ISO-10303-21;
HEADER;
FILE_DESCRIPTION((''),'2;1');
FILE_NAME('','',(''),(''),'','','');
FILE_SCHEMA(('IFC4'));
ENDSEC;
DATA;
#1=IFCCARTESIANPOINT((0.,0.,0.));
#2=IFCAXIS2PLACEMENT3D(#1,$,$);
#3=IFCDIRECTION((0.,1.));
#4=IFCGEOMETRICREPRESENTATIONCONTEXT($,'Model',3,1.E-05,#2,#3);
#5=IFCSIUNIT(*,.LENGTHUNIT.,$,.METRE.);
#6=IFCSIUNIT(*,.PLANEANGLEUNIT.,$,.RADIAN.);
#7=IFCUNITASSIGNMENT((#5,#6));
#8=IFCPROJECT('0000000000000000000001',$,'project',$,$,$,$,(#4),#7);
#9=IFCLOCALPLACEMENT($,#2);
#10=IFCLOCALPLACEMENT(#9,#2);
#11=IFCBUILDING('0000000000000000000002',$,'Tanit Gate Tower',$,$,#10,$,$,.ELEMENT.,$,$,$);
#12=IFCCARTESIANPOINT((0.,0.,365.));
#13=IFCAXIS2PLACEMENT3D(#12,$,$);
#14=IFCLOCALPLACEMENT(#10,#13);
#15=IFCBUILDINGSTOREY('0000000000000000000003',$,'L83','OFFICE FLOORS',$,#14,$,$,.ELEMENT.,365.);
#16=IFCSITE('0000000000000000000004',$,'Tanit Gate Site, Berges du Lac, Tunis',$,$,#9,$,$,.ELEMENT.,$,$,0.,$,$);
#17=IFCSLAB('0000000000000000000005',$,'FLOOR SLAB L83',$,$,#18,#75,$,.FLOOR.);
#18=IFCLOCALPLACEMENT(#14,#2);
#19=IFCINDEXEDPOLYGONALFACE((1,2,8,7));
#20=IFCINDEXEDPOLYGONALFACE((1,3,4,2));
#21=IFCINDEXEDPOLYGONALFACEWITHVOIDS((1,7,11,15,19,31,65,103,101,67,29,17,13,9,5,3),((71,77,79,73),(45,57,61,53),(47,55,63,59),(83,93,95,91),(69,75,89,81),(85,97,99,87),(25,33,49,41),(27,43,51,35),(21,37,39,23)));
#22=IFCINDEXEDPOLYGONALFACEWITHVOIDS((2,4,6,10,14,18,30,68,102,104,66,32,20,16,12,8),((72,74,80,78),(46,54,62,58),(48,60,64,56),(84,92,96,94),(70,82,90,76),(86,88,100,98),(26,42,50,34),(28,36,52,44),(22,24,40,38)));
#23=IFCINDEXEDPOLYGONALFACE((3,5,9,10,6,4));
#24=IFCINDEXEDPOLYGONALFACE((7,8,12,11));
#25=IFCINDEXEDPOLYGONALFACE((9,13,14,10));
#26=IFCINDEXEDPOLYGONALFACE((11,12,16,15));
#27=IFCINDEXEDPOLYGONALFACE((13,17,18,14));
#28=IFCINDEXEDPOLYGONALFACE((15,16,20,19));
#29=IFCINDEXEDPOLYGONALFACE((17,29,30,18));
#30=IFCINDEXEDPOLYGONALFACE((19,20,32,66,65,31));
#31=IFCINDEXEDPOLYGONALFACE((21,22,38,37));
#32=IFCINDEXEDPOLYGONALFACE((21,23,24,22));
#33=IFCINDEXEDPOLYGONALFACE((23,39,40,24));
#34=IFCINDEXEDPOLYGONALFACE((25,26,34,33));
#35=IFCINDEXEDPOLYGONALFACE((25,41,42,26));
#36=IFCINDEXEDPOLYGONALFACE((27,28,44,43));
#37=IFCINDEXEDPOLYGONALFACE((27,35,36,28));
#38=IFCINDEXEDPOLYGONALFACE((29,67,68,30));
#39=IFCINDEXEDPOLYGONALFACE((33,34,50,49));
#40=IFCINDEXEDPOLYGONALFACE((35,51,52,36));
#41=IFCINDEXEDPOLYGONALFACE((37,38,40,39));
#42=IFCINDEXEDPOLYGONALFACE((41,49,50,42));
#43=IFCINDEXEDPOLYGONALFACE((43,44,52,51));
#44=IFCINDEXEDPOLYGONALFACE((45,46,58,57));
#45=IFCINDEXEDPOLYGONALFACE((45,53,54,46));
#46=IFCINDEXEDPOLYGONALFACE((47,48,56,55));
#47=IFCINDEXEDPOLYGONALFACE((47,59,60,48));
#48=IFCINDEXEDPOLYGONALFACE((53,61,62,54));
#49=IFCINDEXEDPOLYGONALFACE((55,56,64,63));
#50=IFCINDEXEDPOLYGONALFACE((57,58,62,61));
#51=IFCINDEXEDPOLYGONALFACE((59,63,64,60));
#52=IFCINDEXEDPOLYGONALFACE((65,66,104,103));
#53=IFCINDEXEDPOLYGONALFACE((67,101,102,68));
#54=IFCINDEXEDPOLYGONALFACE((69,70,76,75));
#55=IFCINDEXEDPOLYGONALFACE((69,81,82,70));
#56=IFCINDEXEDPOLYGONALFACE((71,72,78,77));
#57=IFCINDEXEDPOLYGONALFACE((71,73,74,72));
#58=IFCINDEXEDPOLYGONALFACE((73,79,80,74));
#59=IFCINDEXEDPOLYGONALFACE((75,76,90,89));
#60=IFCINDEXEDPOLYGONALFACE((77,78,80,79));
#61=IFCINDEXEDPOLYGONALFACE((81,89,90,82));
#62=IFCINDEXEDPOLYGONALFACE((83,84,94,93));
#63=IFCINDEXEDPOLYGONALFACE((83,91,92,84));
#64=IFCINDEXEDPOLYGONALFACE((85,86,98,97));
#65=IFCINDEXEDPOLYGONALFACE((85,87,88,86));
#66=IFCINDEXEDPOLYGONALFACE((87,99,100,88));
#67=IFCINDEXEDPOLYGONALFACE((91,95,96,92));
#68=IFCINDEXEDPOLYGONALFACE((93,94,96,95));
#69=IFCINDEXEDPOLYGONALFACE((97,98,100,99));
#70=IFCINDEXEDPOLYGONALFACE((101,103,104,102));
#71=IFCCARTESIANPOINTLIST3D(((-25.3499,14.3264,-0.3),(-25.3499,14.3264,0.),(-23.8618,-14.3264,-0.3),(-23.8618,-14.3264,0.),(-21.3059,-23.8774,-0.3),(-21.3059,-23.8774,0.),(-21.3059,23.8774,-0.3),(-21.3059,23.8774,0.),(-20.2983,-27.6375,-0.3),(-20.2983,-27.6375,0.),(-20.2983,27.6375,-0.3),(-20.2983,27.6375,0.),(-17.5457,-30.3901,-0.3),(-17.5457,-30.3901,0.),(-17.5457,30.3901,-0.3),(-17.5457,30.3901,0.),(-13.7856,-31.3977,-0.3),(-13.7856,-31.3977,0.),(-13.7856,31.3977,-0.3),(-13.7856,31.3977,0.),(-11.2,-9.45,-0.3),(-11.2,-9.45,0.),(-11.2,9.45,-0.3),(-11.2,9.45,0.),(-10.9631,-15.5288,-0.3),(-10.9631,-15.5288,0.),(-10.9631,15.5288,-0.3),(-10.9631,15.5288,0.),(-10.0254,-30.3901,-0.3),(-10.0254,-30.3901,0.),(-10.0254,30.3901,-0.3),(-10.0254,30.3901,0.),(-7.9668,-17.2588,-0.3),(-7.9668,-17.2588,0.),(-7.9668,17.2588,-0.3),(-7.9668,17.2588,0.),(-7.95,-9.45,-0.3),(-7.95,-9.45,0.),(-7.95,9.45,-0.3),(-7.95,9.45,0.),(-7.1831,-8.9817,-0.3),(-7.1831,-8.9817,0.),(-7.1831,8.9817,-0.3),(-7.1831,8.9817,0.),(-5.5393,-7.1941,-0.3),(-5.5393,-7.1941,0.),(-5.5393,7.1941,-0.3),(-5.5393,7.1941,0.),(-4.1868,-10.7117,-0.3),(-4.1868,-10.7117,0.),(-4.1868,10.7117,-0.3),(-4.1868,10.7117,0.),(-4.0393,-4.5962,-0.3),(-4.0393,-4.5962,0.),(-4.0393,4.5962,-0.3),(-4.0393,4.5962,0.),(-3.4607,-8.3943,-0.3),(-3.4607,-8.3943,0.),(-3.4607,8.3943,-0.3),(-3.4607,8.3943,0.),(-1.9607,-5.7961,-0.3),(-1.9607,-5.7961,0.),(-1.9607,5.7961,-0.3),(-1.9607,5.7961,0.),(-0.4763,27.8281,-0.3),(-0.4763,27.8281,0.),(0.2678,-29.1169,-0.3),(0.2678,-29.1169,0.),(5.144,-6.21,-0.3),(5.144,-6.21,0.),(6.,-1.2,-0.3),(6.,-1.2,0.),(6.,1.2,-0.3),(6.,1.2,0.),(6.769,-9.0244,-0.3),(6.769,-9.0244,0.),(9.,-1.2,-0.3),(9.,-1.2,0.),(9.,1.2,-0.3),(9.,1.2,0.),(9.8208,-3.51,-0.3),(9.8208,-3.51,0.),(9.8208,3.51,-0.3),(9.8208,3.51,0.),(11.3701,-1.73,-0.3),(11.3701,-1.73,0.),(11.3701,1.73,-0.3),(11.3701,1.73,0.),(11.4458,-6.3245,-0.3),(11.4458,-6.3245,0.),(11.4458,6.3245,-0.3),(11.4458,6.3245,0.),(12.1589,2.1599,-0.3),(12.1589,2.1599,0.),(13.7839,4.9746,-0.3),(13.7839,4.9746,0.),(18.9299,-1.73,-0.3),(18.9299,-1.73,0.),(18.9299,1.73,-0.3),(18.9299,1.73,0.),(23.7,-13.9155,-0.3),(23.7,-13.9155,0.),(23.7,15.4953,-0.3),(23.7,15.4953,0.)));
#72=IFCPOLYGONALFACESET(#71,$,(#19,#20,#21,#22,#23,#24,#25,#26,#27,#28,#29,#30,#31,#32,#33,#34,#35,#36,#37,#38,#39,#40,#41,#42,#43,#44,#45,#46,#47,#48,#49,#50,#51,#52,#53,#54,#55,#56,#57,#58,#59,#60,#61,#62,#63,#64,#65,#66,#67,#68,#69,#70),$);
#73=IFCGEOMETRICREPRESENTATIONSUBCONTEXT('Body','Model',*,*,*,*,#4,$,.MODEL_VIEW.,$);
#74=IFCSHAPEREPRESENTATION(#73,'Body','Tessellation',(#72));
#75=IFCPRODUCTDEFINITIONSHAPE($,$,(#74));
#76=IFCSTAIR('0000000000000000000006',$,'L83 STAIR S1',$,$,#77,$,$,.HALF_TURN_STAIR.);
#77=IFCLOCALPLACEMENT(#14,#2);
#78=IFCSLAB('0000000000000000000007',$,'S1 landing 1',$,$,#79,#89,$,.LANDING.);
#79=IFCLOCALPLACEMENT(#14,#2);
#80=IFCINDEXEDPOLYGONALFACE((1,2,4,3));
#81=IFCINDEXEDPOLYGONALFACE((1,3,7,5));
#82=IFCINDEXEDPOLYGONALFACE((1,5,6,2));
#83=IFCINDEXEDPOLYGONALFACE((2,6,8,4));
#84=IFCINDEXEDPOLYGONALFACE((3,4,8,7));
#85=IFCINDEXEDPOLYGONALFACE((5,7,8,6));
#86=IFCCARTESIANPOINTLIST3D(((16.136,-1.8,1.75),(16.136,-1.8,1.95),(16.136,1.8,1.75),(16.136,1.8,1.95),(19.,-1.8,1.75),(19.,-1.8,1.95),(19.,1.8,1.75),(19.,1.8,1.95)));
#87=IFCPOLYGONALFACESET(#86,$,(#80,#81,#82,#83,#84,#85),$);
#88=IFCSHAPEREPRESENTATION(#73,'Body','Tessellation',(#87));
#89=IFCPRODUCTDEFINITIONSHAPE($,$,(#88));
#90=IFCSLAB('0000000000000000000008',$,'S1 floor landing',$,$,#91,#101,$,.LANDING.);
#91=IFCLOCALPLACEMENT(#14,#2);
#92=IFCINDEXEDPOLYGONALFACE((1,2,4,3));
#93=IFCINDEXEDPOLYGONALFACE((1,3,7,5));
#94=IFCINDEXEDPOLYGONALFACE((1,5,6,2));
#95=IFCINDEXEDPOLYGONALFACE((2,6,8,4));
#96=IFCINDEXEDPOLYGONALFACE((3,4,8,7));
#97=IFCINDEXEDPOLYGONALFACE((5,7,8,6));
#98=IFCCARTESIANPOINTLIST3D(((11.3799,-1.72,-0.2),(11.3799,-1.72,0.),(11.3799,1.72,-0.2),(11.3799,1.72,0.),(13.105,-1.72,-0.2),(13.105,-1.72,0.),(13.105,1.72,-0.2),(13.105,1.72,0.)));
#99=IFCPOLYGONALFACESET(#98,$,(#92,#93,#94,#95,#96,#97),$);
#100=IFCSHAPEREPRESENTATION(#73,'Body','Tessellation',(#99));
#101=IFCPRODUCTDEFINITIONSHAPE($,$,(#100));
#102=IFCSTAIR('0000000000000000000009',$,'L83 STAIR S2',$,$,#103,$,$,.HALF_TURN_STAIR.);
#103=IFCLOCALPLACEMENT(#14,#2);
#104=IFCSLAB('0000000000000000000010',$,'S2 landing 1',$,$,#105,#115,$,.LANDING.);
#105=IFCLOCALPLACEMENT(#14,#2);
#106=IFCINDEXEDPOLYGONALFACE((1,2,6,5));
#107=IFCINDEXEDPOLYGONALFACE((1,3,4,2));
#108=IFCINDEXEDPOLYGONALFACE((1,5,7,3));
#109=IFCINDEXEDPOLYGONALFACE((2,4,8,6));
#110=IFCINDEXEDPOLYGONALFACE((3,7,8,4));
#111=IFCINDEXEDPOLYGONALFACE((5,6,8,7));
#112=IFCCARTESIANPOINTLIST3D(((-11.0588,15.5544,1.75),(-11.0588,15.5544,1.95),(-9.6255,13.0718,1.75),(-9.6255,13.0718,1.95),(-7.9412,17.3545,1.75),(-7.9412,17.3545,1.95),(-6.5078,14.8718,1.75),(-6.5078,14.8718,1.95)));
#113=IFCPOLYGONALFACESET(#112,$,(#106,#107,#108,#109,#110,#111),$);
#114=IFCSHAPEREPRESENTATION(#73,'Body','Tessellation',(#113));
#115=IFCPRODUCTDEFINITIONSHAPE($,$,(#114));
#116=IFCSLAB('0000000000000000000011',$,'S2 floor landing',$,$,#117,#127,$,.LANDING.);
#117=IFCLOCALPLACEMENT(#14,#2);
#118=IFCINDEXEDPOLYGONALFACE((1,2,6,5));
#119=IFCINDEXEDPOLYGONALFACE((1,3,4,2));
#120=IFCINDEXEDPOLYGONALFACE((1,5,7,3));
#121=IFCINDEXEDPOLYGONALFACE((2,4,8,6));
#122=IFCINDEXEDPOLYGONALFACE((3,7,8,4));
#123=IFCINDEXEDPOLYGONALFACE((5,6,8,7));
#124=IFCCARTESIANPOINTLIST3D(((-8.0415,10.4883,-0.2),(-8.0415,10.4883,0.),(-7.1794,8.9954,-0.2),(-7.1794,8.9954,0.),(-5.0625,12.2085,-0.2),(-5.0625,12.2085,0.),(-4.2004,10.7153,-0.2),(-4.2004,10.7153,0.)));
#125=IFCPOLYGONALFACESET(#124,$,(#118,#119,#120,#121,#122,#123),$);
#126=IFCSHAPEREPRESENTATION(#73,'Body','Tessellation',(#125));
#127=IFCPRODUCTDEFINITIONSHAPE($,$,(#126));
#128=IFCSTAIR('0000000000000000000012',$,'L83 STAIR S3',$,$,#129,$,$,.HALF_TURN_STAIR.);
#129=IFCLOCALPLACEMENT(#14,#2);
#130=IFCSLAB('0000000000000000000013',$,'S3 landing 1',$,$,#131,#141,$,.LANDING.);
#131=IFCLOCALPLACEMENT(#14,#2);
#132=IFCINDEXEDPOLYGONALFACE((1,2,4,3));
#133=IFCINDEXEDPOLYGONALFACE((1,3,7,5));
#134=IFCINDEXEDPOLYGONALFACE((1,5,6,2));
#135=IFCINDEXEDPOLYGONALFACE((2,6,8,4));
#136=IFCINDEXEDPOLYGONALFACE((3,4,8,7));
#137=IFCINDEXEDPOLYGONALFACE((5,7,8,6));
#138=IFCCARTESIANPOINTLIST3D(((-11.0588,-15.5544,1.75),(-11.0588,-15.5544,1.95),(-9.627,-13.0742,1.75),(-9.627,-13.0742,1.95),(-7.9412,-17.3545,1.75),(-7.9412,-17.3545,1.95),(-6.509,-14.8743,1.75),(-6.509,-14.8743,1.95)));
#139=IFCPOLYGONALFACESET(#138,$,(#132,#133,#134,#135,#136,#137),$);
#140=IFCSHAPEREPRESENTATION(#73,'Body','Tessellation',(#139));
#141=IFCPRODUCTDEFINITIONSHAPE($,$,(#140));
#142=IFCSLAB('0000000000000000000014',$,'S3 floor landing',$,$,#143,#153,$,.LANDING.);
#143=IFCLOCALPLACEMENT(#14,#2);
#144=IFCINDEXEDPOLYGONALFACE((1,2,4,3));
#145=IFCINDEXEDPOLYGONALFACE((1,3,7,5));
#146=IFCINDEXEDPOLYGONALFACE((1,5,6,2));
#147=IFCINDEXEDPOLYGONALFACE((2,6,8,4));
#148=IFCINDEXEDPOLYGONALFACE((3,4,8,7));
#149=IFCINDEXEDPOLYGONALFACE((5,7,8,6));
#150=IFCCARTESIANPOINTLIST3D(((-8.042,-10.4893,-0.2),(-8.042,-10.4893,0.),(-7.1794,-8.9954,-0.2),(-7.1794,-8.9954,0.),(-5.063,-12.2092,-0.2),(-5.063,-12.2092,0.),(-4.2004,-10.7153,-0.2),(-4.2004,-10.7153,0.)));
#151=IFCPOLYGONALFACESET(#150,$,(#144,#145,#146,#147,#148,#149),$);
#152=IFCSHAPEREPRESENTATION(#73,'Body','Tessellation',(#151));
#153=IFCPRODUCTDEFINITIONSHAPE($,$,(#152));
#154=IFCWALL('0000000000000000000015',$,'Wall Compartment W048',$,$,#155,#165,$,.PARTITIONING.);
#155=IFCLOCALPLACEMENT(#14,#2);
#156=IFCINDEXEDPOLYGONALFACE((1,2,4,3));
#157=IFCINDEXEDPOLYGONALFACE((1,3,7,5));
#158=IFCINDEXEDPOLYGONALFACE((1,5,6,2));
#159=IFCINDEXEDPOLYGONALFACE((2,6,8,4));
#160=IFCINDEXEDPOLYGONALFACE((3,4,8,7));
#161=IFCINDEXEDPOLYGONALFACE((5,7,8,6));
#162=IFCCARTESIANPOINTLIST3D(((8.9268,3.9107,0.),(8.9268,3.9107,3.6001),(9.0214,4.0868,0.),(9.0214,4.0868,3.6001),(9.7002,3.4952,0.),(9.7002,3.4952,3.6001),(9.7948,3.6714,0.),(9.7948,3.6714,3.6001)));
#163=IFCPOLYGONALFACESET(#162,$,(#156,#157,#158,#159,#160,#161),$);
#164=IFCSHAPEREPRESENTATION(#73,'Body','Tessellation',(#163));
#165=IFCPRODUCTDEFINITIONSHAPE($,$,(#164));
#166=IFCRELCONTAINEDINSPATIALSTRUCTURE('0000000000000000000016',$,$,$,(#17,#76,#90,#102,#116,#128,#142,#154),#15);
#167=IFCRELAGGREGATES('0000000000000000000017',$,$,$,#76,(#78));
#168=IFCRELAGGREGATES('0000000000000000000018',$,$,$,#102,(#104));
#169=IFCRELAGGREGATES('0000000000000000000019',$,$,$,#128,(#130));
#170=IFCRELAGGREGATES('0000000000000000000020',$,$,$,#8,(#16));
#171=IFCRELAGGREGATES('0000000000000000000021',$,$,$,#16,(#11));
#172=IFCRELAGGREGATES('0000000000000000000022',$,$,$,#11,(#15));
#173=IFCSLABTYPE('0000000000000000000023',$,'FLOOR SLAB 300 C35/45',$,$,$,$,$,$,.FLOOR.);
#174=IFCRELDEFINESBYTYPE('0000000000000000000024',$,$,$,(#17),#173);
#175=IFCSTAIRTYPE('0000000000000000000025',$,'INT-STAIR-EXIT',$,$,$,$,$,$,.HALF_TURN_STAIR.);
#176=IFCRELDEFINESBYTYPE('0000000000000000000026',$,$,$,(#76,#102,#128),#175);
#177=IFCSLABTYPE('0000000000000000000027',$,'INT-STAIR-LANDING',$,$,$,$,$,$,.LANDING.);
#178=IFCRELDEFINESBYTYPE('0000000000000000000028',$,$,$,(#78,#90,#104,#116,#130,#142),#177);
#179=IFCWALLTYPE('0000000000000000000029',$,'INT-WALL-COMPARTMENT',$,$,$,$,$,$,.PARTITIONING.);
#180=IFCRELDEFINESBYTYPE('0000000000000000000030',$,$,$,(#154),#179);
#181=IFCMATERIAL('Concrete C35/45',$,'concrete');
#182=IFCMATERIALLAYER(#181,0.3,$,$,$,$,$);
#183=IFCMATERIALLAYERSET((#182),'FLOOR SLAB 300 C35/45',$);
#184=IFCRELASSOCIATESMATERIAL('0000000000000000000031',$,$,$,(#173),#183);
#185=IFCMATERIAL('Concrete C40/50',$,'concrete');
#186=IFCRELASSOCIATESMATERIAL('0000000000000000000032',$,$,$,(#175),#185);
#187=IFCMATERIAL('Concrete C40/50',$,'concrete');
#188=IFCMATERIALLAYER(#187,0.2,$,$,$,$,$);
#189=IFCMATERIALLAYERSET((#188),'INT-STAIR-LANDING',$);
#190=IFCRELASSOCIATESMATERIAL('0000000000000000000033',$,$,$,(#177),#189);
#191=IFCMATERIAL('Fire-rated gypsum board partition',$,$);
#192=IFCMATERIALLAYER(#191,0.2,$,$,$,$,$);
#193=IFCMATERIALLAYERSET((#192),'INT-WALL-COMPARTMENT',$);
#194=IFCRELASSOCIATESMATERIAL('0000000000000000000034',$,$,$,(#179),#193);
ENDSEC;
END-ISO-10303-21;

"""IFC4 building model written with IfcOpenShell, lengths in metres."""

from ifc_helpers import new_model, si_unit, direction, frame, frame_2d, origin, place, context, subcontext, project, spatial, polyline, rectangle, outline, extrude, material, layer, layer_set, type_object, element, aggregate, save


model = new_model("IFC4")

# Units and contexts
model_context = context("Model", 3, precision=1e-05, world=origin(), true_north=direction((0.0, 1.0)))
body_context = subcontext(model_context, "Body", "Model", "MODEL_VIEW")
ifc_project = project(units=[si_unit("LENGTHUNIT", "METRE"), si_unit("PLANEANGLEUNIT", "RADIAN")], contexts=[model_context])

# Site, building, storey
site_placement = place(None, origin())
site = spatial("IfcSite", under=ifc_project, at=site_placement, Name="Tanit Gate Site, Berges du Lac, Tunis", CompositionType="ELEMENT", RefElevation=0.0)
building_placement = place(site_placement, origin())
building = spatial("IfcBuilding", under=site, at=building_placement, Name="Tanit Gate Tower", CompositionType="ELEMENT")
storey_placement = place(building_placement, frame((0.0, 0.0, 365.0)))
storey = spatial("IfcBuildingStorey", under=building, at=storey_placement, Name="L83", Description="OFFICE FLOORS", CompositionType="ELEMENT", Elevation=365.0)

# Slab
ifc_material_1 = material(Name="Concrete C35/45", Category="concrete")
ifc_layer_1 = layer(ifc_material_1, 0.3)
ifc_layer_set_1 = layer_set([ifc_layer_1], Name="FLOOR SLAB 300 C35/45")
slab_type_1 = type_object("IfcSlabType", Name="FLOOR SLAB 300 C35/45", PredefinedType="FLOOR", material=ifc_layer_set_1)
slab_1_placement = place(storey_placement, frame((0.0, 0.0, -0.3)))
element("IfcSlab", 1, at=slab_1_placement, inside=storey, type_object=slab_type_1, Name="FLOOR SLAB L83", PredefinedType="FLOOR", context=body_context, shape_type="SweptSolid", body=[
    extrude(outline(polyline([(0.2678, -29.1169), (-10.0254, -30.3901), (-13.7856, -31.3977), (-17.5457, -30.3901), (-20.2983, -27.6375), (-21.3059, -23.8774), (-23.8618, -14.3264), (-25.3499, 14.3264), (-21.3059, 23.8774), (-20.2983, 27.6375), (-17.5457, 30.3901), (-13.7856, 31.3977), (-10.0254, 30.3901), (-0.4763, 27.8281), (25.082, 14.7903), (23.7, 15.4954), (23.7, -13.9155), (0.2678, -29.1169)]), holes=[polyline([(11.3701, 1.73), (18.9299, 1.73), (18.9299, -1.73), (11.3701, -1.73), (11.3701, 1.73)]), polyline([(12.1589, 2.1599), (9.8208, 3.51), (11.4458, 6.3245), (13.7839, 4.9746), (12.1589, 2.1599)]), polyline([(11.4458, -6.3245), (6.769, -9.0244), (5.144, -6.21), (9.8208, -3.51), (11.4458, -6.3245)]), polyline([(6.0, 1.2), (9.0, 1.2), (9.0, -1.2), (6.0, -1.2), (6.0, 1.2)]), polyline([(-4.0393, 4.5962), (-5.5393, 7.1941), (-3.4607, 8.3943), (-1.9607, 5.7961), (-4.0393, 4.5962)]), polyline([(-1.9607, -5.7961), (-3.4607, -8.3943), (-5.5393, -7.1941), (-4.0393, -4.5962), (-1.9607, -5.7961)]), polyline([(-7.1831, 8.9817), (-10.9631, 15.5288), (-7.9668, 17.2588), (-4.1868, 10.7117), (-7.1831, 8.9817)]), polyline([(-4.1868, -10.7117), (-7.9668, -17.2588), (-10.9631, -15.5288), (-7.1831, -8.9817), (-4.1868, -10.7117)]), polyline([(-11.2, -9.45), (-11.2, 9.45), (-7.95, 9.45), (-7.95, -9.45), (-11.2, -9.45)])]), origin(), (0.0, 0.0, 1.0), 0.3),
])

# Stair, slab
ifc_material_2 = material(Name="Concrete C40/50", Category="concrete")
stair_type = type_object("IfcStairType", Name="INT-STAIR-EXIT", PredefinedType="HALF_TURN_STAIR", material=ifc_material_2)
stair_1_placement = place(storey_placement, origin())
stair_1 = element("IfcStair", 2, at=stair_1_placement, inside=storey, type_object=stair_type, Name="L83 STAIR S1", PredefinedType="HALF_TURN_STAIR")
ifc_material_3 = material(Name="Concrete C40/50", Category="concrete")
ifc_layer_2 = layer(ifc_material_3, 0.2)
ifc_layer_set_2 = layer_set([ifc_layer_2], Name="INT-STAIR-LANDING")
slab_type_2 = type_object("IfcSlabType", Name="INT-STAIR-LANDING", PredefinedType="LANDING", material=ifc_layer_set_2)
slab_2_placement = place(storey_placement, frame((0.0, 0.0, 1.75)))
slab_2 = element("IfcSlab", 3, at=slab_2_placement, type_object=slab_type_2, Name="S1 landing 1", PredefinedType="LANDING", context=body_context, shape_type="SweptSolid", body=[
    extrude(outline(polyline([(16.136, -1.8), (19.0, -1.8), (19.0, 1.8), (16.136, 1.8), (16.136, -1.8)])), origin(), (0.0, 0.0, 1.0), 0.2),
])
aggregate(stair_1, [slab_2])

# Slab
slab_3_placement = place(storey_placement, frame((0.0, 0.0, -0.2)))
element("IfcSlab", 4, at=slab_3_placement, inside=storey, type_object=slab_type_2, Name="S1 floor landing", PredefinedType="LANDING", context=body_context, shape_type="SweptSolid", body=[
    extrude(outline(polyline([(11.3799, -1.72), (13.105, -1.72), (13.105, 1.72), (11.3799, 1.72), (11.3799, -1.72)])), origin(), (0.0, 0.0, 1.0), 0.2),
])

# Stair, slab
stair_2_placement = place(storey_placement, origin())
stair_2 = element("IfcStair", 5, at=stair_2_placement, inside=storey, type_object=stair_type, Name="L83 STAIR S2", PredefinedType="HALF_TURN_STAIR")
slab_4_placement = place(storey_placement, frame((0.0, 0.0, 1.75)))
slab_4 = element("IfcSlab", 6, at=slab_4_placement, type_object=slab_type_2, Name="S2 landing 1", PredefinedType="LANDING", context=body_context, shape_type="SweptSolid", body=[
    extrude(outline(polyline([(-6.5078, 14.8718), (-7.9412, 17.3545), (-11.0588, 15.5544), (-9.6255, 13.0718), (-6.5078, 14.8718)])), origin(), (0.0, 0.0, 1.0), 0.2),
])
aggregate(stair_2, [slab_4])

# Slab
slab_5_placement = place(storey_placement, frame((0.0, 0.0, -0.2)))
element("IfcSlab", 7, at=slab_5_placement, inside=storey, type_object=slab_type_2, Name="S2 floor landing", PredefinedType="LANDING", context=body_context, shape_type="SweptSolid", body=[
    extrude(outline(polyline([(-4.2004, 10.7153), (-5.0625, 12.2085), (-8.0415, 10.4883), (-7.1794, 8.9954), (-4.2004, 10.7153)])), origin(), (0.0, 0.0, 1.0), 0.2),
])

# Stair, slab
stair_3_placement = place(storey_placement, origin())
stair_3 = element("IfcStair", 8, at=stair_3_placement, inside=storey, type_object=stair_type, Name="L83 STAIR S3", PredefinedType="HALF_TURN_STAIR")
slab_6_placement = place(storey_placement, frame((0.0, 0.0, 1.75)))
slab_6 = element("IfcSlab", 9, at=slab_6_placement, type_object=slab_type_2, Name="S3 landing 1", PredefinedType="LANDING", context=body_context, shape_type="SweptSolid", body=[
    extrude(outline(polyline([(-9.627, -13.0742), (-11.0588, -15.5544), (-7.9412, -17.3545), (-6.509, -14.8743), (-9.627, -13.0742)])), origin(), (0.0, 0.0, 1.0), 0.2),
])
aggregate(stair_3, [slab_6])

# Slab
slab_7_placement = place(storey_placement, frame((0.0, 0.0, -0.2)))
element("IfcSlab", 10, at=slab_7_placement, inside=storey, type_object=slab_type_2, Name="S3 floor landing", PredefinedType="LANDING", context=body_context, shape_type="SweptSolid", body=[
    extrude(outline(polyline([(-7.1794, -8.9954), (-8.042, -10.4893), (-5.063, -12.2092), (-4.2004, -10.7153), (-7.1794, -8.9954)])), origin(), (0.0, 0.0, 1.0), 0.2),
])

# Wall
ifc_material_4 = material(Name="Fire-rated gypsum board partition")
ifc_layer_3 = layer(ifc_material_4, 0.2)
ifc_layer_set_3 = layer_set([ifc_layer_3], Name="INT-WALL-COMPARTMENT")
wall_type_1 = type_object("IfcWallType", Name="INT-WALL-COMPARTMENT", PredefinedType="PARTITIONING", material=ifc_layer_set_3)
wall_1_placement = place(storey_placement, frame((8.9741, 3.9988, 0.0), z_axis=(0.0, 0.0, 1.0), x_axis=(0.880917, -0.473271, 0.0)))
element("IfcWall", 11, at=wall_1_placement, inside=storey, type_object=wall_type_1, Name="Wall Compartment W048", PredefinedType="PARTITIONING", context=body_context, shape_type="SweptSolid", body=[
    extrude(rectangle(XDim=0.8779, YDim=0.2, at=frame_2d((0.439, 0.0))), origin(), (0.0, 0.0, 1.0), 3.6001),
])

save(model, "model.ifc")
